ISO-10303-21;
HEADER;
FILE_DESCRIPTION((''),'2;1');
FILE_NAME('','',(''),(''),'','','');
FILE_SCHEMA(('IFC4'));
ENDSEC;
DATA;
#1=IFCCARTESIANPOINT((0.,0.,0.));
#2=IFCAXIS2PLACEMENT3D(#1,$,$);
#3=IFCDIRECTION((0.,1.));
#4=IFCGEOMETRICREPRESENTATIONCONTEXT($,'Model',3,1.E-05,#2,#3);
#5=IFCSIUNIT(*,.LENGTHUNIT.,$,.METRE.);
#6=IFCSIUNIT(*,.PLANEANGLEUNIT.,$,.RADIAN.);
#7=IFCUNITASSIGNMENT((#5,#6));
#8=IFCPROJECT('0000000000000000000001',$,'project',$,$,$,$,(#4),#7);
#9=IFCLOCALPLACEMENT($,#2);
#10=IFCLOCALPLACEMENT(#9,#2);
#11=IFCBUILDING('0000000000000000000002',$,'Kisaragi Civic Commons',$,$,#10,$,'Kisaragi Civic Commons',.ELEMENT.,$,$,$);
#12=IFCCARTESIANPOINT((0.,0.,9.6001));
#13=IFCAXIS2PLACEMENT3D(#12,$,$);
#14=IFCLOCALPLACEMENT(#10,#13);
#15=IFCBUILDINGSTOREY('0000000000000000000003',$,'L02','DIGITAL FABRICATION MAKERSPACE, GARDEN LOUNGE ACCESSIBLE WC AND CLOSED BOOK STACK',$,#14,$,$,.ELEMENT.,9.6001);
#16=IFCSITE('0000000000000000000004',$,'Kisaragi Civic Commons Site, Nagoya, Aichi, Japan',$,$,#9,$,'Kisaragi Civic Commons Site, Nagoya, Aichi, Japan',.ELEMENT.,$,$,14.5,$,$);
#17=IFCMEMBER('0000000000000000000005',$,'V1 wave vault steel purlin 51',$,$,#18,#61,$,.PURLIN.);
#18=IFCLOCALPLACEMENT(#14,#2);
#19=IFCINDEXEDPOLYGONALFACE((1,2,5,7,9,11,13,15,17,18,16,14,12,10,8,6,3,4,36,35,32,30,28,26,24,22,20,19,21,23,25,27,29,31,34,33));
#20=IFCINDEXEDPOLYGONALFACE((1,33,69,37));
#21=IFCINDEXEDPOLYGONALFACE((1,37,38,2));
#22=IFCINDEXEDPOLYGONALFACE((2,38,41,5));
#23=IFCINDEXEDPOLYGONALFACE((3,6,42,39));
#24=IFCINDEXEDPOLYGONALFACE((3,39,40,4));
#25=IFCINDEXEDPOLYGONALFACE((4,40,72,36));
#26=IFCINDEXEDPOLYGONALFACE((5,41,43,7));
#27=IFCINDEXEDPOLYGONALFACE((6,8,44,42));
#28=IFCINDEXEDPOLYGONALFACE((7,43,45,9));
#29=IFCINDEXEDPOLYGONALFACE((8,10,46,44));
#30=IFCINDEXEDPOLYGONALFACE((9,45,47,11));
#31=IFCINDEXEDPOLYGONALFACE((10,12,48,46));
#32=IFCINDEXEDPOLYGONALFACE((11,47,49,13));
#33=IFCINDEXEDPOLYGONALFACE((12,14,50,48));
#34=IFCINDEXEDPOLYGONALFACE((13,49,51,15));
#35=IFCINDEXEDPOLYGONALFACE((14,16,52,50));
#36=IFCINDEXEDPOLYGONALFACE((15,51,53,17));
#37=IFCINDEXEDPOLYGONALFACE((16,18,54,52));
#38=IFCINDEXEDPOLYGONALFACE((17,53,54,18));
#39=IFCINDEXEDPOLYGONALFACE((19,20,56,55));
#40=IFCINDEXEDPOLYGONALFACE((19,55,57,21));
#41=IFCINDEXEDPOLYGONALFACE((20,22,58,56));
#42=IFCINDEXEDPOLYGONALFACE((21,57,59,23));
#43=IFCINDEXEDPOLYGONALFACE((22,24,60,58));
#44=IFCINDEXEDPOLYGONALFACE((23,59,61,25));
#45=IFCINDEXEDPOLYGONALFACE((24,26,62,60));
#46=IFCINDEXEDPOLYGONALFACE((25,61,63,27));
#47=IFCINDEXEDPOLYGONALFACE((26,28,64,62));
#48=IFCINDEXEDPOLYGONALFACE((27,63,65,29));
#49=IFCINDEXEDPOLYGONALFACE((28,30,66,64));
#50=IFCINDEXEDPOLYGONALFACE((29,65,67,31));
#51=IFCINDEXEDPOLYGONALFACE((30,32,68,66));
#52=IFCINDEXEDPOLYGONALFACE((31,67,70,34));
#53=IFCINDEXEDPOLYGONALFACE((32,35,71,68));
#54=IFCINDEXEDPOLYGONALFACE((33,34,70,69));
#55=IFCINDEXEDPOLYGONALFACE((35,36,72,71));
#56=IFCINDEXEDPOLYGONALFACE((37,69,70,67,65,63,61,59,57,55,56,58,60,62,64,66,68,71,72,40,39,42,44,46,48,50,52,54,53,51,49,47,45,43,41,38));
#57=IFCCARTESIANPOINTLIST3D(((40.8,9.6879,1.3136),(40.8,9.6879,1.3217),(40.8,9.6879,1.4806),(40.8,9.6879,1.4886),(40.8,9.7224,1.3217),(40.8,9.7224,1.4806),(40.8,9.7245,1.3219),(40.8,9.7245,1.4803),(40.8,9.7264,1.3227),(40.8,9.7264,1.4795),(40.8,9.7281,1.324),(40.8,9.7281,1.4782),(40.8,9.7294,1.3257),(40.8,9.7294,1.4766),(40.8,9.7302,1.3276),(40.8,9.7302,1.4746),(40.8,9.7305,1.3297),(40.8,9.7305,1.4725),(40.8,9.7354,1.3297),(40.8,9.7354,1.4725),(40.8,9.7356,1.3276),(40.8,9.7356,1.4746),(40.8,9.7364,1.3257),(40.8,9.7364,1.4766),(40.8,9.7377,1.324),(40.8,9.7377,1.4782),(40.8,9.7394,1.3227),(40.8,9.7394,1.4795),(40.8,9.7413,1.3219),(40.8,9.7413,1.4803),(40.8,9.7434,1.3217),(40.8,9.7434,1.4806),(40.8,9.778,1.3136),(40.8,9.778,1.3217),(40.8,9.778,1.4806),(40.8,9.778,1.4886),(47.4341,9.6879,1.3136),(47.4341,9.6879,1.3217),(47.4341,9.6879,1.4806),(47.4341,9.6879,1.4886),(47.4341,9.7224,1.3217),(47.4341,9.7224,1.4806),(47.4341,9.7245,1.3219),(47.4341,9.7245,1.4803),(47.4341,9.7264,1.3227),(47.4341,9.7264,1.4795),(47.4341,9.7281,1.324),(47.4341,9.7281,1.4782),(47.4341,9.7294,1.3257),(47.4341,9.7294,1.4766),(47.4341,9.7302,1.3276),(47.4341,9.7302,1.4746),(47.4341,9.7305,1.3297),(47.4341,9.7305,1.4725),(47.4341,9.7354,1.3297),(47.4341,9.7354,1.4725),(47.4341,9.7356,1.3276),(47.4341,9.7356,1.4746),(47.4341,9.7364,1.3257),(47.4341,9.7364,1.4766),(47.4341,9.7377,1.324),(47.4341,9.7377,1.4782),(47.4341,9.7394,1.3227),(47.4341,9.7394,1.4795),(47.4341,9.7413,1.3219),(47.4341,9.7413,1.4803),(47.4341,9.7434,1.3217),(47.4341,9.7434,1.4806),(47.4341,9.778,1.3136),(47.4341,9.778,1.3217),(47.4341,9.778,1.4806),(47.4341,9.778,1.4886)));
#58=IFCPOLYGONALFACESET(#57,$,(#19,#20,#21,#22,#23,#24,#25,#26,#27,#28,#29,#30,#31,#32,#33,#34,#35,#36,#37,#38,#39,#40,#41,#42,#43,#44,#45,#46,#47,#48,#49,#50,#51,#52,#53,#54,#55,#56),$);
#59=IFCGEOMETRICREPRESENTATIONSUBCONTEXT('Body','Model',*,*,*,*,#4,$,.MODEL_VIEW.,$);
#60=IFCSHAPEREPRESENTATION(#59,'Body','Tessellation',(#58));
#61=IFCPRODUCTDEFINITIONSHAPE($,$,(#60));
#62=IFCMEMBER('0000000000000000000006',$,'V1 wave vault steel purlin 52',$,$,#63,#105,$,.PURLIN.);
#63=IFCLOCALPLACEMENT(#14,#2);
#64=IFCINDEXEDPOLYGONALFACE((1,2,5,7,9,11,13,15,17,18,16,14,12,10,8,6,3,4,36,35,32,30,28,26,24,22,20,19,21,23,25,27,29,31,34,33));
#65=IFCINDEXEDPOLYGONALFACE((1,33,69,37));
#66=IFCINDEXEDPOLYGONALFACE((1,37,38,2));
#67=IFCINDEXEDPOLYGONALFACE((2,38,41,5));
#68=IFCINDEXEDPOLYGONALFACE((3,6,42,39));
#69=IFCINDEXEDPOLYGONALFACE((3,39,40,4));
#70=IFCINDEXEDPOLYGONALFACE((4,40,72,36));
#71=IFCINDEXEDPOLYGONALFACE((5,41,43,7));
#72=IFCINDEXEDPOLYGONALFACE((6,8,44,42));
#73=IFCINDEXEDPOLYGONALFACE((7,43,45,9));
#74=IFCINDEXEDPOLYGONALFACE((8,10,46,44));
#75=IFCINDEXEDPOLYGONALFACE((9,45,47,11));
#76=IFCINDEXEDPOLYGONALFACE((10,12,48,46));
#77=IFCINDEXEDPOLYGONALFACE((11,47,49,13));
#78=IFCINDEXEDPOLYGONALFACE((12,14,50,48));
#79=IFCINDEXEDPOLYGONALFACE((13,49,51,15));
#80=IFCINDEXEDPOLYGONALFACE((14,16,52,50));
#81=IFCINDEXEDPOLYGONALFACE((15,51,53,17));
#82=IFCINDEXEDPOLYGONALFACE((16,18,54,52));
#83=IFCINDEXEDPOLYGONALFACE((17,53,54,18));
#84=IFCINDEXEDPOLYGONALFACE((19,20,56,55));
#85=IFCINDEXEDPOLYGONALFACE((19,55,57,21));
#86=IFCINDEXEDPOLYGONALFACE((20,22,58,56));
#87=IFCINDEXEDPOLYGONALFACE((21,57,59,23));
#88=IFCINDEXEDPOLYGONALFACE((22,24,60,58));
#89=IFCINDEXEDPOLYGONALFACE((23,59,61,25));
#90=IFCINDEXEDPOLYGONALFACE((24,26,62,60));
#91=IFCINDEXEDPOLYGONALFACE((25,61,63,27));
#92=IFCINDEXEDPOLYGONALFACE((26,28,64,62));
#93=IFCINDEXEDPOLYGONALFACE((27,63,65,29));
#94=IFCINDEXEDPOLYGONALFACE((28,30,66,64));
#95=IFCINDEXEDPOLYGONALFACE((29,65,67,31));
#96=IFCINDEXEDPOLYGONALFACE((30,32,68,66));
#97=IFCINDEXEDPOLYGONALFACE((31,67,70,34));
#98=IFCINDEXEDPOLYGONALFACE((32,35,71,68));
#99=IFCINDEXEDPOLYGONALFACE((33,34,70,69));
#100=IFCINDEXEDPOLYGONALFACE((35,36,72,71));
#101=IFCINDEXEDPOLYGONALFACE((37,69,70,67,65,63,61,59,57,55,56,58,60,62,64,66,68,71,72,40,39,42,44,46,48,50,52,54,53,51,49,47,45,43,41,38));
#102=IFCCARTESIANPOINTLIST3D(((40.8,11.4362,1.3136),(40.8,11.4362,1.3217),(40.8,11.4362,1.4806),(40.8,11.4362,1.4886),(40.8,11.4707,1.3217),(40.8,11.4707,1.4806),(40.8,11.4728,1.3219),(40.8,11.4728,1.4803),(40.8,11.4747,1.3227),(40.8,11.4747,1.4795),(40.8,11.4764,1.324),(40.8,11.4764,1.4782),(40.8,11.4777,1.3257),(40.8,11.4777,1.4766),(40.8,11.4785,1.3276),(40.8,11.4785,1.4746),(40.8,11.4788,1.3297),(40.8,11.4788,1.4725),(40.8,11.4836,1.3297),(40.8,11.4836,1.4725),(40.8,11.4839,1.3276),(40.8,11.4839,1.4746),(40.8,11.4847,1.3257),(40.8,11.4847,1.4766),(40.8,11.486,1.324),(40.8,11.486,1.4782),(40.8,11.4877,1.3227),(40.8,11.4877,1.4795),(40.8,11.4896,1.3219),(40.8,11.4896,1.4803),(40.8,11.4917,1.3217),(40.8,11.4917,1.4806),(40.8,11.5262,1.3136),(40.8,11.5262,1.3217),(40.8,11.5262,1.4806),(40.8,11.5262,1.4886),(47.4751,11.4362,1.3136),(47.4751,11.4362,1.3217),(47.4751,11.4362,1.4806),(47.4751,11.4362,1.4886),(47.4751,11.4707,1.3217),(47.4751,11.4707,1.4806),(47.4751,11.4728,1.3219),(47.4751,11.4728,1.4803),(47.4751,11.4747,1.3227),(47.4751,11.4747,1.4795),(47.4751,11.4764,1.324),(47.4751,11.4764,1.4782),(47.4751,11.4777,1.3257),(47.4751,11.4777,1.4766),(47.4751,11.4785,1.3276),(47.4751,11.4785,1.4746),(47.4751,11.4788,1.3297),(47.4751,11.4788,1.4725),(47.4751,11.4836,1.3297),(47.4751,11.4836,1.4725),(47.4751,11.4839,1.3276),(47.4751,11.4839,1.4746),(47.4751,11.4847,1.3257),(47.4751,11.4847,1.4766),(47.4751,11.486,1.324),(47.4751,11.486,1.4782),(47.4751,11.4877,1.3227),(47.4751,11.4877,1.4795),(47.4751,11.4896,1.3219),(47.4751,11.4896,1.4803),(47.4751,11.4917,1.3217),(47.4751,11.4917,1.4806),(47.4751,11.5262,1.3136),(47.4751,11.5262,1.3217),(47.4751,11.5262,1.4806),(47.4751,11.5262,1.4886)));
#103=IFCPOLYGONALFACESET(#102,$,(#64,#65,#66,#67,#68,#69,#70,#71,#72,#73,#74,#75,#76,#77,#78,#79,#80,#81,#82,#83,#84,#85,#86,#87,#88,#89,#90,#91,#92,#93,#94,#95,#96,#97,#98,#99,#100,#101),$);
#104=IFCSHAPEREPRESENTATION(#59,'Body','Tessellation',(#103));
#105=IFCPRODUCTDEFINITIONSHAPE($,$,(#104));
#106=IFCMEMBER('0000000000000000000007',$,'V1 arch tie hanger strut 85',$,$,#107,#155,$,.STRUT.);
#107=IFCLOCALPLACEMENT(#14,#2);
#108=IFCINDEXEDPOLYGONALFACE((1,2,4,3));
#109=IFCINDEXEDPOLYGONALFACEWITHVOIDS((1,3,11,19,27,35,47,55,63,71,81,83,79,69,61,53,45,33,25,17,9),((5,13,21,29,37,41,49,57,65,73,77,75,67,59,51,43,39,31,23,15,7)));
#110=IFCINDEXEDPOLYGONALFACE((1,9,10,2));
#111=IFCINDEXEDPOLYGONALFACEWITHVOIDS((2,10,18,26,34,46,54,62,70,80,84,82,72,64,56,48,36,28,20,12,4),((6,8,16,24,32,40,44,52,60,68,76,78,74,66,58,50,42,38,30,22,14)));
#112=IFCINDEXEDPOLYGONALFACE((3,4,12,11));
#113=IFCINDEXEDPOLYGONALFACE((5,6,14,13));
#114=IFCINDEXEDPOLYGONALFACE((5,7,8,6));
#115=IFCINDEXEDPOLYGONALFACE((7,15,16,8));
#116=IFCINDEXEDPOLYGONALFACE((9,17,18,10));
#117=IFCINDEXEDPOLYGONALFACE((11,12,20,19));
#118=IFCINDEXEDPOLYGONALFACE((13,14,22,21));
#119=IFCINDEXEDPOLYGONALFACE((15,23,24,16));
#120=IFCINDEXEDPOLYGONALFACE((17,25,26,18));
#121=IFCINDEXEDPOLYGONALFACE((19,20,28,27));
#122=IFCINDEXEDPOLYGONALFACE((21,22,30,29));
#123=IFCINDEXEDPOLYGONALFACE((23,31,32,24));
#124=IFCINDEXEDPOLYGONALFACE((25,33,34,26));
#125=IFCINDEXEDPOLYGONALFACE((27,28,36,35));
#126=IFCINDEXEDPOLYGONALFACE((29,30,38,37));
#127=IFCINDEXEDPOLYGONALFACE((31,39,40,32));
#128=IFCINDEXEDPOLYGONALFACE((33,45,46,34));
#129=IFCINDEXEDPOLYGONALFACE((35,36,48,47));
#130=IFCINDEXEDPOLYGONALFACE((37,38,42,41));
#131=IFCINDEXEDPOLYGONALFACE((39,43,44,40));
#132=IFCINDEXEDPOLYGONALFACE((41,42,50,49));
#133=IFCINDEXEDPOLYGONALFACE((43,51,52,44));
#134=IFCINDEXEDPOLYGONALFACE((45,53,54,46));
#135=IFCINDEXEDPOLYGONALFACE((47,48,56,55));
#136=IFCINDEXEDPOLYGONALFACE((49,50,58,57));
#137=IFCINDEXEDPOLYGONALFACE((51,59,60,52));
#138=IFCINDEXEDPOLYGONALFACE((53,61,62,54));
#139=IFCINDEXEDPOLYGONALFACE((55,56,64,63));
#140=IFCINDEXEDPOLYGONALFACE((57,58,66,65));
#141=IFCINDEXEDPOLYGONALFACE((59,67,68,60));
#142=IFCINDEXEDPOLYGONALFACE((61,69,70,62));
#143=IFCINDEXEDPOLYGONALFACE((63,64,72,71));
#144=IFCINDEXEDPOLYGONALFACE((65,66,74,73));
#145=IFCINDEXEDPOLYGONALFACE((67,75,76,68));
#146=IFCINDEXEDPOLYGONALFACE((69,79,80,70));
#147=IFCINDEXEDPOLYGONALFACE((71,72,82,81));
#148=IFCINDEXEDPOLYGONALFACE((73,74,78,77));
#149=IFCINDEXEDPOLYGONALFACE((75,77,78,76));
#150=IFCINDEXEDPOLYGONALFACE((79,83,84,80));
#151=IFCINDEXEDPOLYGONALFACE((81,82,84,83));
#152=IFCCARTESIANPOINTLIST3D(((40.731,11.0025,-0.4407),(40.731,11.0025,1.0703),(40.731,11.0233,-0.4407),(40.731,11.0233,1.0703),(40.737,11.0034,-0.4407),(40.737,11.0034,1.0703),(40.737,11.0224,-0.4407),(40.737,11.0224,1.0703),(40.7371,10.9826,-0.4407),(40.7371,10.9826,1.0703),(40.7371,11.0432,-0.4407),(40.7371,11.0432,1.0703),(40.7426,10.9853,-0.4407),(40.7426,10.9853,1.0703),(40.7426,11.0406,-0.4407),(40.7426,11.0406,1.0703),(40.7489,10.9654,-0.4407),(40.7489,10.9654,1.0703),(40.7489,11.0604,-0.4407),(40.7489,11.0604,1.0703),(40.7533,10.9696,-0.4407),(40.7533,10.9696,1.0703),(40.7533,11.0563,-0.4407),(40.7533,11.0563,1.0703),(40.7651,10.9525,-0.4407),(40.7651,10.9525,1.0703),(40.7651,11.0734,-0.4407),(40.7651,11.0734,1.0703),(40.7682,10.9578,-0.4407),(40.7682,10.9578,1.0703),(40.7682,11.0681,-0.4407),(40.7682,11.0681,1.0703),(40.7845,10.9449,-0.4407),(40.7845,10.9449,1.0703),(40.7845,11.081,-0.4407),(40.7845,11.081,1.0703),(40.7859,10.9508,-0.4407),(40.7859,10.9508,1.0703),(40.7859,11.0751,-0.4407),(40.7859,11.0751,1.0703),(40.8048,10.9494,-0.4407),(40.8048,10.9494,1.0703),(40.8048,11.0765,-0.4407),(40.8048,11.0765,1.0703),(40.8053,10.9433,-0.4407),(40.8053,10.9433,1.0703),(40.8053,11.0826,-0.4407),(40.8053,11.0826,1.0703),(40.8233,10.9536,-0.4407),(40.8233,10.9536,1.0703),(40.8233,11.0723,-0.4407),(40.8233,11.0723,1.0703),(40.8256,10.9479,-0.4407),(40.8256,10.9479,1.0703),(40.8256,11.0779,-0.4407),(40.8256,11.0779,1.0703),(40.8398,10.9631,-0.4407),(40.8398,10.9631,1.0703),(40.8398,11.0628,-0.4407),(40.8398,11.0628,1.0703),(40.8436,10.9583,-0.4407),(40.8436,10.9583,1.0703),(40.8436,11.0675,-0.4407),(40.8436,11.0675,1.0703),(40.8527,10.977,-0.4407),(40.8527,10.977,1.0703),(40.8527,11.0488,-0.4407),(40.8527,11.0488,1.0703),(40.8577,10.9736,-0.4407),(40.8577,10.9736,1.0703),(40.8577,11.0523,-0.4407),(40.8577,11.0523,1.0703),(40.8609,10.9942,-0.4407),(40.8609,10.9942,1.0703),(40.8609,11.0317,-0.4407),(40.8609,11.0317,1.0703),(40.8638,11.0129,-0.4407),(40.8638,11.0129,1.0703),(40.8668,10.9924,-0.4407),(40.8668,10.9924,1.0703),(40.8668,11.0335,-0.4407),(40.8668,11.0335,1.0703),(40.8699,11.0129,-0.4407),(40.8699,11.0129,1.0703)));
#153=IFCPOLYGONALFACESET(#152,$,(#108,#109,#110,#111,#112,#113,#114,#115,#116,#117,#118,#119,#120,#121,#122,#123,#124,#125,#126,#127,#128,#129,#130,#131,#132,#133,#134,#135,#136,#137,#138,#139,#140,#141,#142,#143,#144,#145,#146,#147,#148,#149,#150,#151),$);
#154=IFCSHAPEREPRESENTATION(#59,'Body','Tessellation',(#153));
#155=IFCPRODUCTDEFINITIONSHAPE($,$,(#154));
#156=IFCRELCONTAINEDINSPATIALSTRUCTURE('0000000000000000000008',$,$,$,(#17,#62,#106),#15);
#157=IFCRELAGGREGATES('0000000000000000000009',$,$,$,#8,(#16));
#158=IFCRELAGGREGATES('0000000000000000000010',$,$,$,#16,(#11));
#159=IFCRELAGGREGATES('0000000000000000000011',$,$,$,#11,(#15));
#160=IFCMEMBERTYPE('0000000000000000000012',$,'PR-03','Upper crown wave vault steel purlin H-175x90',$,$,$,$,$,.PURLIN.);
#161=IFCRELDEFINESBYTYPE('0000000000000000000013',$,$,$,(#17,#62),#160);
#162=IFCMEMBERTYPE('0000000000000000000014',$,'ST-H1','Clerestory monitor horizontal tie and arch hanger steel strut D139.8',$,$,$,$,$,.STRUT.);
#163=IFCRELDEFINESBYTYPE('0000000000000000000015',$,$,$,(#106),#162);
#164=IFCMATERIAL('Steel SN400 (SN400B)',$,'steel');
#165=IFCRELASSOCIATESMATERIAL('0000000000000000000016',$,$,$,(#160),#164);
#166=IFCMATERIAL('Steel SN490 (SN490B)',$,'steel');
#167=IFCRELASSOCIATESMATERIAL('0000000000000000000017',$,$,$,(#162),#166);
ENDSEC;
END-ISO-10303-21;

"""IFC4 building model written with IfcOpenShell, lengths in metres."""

from ifc_helpers import new_model, si_unit, direction, frame, origin, origin_2d, place, context, subcontext, project, spatial, hollow_circle, i_section, extrude, material, material_profile, profile_set, type_object, element, save


model = new_model("IFC4")

# Units and contexts
model_context = context("Model", 3, precision=1e-05, world=origin(), true_north=direction((0.0, 1.0)))
body_context = subcontext(model_context, "Body", "Model", "MODEL_VIEW")
ifc_project = project(units=[si_unit("LENGTHUNIT", "METRE"), si_unit("PLANEANGLEUNIT", "RADIAN")], contexts=[model_context])

# Site, building, storey
site_placement = place(None, origin())
site = spatial("IfcSite", under=ifc_project, at=site_placement, Name="Kisaragi Civic Commons Site, Nagoya, Aichi, Japan", LongName="Kisaragi Civic Commons Site, Nagoya, Aichi, Japan", CompositionType="ELEMENT", RefElevation=14.5)
building_placement = place(site_placement, origin())
building = spatial("IfcBuilding", under=site, at=building_placement, Name="Kisaragi Civic Commons", LongName="Kisaragi Civic Commons", CompositionType="ELEMENT")
storey_placement = place(building_placement, frame((0.0, 0.0, 9.6001)))
storey = spatial("IfcBuildingStorey", under=building, at=storey_placement, Name="L02", Description="DIGITAL FABRICATION MAKERSPACE, GARDEN LOUNGE ACCESSIBLE WC AND CLOSED BOOK STACK", CompositionType="ELEMENT", Elevation=9.6001)

# Members
ifc_material_1 = material(Name="Steel SN400 (SN400B)", Category="steel")
ifc_material_2 = material(Name="Steel SN490 (SN490B)", Category="steel")
ifc_material_profile_1 = material_profile(ifc_material_1, i_section(OverallWidth=0.0901, OverallDepth=0.175, WebThickness=0.0049, FlangeThickness=0.0081, FilletRadius=0.0081, at=origin_2d()), Name="H-175x90x5x8", Category="steel")
ifc_profile_set_1 = profile_set([ifc_material_profile_1], Name="Steel SN400 (SN400B)")
member_type_1 = type_object("IfcMemberType", Name="PR-03", Description="Upper crown wave vault steel purlin H-175x90", PredefinedType="PURLIN", material=ifc_profile_set_1)
member_1_placement = place(storey_placement, frame((40.8, 9.7329, 1.4011), z_axis=(1.0, 0.0, 0.0), x_axis=(0.0, 1.0, 0.0)))
element("IfcMember", 1, at=member_1_placement, inside=storey, type_object=member_type_1, Name="V1 wave vault steel purlin 51", PredefinedType="PURLIN", context=body_context, shape_type="SweptSolid", body=[
    extrude(i_section(OverallWidth=0.0901, OverallDepth=0.175, WebThickness=0.0049, FlangeThickness=0.0081, FilletRadius=0.0081, at=origin_2d()), origin(), (0.0, 0.0, 1.0), 6.634),
])
member_2_placement = place(storey_placement, frame((40.8, 11.4812, 1.4011), z_axis=(1.0, 0.0, 0.0), x_axis=(0.0, 1.0, 0.0)))
element("IfcMember", 2, at=member_2_placement, inside=storey, type_object=member_type_1, Name="V1 wave vault steel purlin 52", PredefinedType="PURLIN", context=body_context, shape_type="SweptSolid", body=[
    extrude(i_section(OverallWidth=0.0901, OverallDepth=0.175, WebThickness=0.0049, FlangeThickness=0.0081, FilletRadius=0.0081, at=origin_2d()), origin(), (0.0, 0.0, 1.0), 6.675),
])
ifc_material_profile_2 = material_profile(ifc_material_2, hollow_circle(Radius=0.0698, WallThickness=0.0061, at=origin_2d()), Name="CHS-139.8x6.0", Category="steel")
ifc_profile_set_2 = profile_set([ifc_material_profile_2], Name="Steel SN490 (SN490B)")
member_type_2 = type_object("IfcMemberType", Name="ST-H1", Description="Clerestory monitor horizontal tie and arch hanger steel strut D139.8", PredefinedType="STRUT", material=ifc_profile_set_2)
member_3_placement = place(storey_placement, frame((40.8, 11.0129, -0.4407), z_axis=(0.0, 0.0, 1.0), x_axis=(1.0, 0.0, 0.0)))
element("IfcMember", 3, at=member_3_placement, inside=storey, type_object=member_type_2, Name="V1 arch tie hanger strut 85", PredefinedType="STRUT", context=body_context, shape_type="SweptSolid", body=[
    extrude(hollow_circle(Radius=0.0698, WallThickness=0.0061, at=origin_2d()), origin(), (0.0, 0.0, 1.0), 1.511),
])

save(model, "model.ifc")
